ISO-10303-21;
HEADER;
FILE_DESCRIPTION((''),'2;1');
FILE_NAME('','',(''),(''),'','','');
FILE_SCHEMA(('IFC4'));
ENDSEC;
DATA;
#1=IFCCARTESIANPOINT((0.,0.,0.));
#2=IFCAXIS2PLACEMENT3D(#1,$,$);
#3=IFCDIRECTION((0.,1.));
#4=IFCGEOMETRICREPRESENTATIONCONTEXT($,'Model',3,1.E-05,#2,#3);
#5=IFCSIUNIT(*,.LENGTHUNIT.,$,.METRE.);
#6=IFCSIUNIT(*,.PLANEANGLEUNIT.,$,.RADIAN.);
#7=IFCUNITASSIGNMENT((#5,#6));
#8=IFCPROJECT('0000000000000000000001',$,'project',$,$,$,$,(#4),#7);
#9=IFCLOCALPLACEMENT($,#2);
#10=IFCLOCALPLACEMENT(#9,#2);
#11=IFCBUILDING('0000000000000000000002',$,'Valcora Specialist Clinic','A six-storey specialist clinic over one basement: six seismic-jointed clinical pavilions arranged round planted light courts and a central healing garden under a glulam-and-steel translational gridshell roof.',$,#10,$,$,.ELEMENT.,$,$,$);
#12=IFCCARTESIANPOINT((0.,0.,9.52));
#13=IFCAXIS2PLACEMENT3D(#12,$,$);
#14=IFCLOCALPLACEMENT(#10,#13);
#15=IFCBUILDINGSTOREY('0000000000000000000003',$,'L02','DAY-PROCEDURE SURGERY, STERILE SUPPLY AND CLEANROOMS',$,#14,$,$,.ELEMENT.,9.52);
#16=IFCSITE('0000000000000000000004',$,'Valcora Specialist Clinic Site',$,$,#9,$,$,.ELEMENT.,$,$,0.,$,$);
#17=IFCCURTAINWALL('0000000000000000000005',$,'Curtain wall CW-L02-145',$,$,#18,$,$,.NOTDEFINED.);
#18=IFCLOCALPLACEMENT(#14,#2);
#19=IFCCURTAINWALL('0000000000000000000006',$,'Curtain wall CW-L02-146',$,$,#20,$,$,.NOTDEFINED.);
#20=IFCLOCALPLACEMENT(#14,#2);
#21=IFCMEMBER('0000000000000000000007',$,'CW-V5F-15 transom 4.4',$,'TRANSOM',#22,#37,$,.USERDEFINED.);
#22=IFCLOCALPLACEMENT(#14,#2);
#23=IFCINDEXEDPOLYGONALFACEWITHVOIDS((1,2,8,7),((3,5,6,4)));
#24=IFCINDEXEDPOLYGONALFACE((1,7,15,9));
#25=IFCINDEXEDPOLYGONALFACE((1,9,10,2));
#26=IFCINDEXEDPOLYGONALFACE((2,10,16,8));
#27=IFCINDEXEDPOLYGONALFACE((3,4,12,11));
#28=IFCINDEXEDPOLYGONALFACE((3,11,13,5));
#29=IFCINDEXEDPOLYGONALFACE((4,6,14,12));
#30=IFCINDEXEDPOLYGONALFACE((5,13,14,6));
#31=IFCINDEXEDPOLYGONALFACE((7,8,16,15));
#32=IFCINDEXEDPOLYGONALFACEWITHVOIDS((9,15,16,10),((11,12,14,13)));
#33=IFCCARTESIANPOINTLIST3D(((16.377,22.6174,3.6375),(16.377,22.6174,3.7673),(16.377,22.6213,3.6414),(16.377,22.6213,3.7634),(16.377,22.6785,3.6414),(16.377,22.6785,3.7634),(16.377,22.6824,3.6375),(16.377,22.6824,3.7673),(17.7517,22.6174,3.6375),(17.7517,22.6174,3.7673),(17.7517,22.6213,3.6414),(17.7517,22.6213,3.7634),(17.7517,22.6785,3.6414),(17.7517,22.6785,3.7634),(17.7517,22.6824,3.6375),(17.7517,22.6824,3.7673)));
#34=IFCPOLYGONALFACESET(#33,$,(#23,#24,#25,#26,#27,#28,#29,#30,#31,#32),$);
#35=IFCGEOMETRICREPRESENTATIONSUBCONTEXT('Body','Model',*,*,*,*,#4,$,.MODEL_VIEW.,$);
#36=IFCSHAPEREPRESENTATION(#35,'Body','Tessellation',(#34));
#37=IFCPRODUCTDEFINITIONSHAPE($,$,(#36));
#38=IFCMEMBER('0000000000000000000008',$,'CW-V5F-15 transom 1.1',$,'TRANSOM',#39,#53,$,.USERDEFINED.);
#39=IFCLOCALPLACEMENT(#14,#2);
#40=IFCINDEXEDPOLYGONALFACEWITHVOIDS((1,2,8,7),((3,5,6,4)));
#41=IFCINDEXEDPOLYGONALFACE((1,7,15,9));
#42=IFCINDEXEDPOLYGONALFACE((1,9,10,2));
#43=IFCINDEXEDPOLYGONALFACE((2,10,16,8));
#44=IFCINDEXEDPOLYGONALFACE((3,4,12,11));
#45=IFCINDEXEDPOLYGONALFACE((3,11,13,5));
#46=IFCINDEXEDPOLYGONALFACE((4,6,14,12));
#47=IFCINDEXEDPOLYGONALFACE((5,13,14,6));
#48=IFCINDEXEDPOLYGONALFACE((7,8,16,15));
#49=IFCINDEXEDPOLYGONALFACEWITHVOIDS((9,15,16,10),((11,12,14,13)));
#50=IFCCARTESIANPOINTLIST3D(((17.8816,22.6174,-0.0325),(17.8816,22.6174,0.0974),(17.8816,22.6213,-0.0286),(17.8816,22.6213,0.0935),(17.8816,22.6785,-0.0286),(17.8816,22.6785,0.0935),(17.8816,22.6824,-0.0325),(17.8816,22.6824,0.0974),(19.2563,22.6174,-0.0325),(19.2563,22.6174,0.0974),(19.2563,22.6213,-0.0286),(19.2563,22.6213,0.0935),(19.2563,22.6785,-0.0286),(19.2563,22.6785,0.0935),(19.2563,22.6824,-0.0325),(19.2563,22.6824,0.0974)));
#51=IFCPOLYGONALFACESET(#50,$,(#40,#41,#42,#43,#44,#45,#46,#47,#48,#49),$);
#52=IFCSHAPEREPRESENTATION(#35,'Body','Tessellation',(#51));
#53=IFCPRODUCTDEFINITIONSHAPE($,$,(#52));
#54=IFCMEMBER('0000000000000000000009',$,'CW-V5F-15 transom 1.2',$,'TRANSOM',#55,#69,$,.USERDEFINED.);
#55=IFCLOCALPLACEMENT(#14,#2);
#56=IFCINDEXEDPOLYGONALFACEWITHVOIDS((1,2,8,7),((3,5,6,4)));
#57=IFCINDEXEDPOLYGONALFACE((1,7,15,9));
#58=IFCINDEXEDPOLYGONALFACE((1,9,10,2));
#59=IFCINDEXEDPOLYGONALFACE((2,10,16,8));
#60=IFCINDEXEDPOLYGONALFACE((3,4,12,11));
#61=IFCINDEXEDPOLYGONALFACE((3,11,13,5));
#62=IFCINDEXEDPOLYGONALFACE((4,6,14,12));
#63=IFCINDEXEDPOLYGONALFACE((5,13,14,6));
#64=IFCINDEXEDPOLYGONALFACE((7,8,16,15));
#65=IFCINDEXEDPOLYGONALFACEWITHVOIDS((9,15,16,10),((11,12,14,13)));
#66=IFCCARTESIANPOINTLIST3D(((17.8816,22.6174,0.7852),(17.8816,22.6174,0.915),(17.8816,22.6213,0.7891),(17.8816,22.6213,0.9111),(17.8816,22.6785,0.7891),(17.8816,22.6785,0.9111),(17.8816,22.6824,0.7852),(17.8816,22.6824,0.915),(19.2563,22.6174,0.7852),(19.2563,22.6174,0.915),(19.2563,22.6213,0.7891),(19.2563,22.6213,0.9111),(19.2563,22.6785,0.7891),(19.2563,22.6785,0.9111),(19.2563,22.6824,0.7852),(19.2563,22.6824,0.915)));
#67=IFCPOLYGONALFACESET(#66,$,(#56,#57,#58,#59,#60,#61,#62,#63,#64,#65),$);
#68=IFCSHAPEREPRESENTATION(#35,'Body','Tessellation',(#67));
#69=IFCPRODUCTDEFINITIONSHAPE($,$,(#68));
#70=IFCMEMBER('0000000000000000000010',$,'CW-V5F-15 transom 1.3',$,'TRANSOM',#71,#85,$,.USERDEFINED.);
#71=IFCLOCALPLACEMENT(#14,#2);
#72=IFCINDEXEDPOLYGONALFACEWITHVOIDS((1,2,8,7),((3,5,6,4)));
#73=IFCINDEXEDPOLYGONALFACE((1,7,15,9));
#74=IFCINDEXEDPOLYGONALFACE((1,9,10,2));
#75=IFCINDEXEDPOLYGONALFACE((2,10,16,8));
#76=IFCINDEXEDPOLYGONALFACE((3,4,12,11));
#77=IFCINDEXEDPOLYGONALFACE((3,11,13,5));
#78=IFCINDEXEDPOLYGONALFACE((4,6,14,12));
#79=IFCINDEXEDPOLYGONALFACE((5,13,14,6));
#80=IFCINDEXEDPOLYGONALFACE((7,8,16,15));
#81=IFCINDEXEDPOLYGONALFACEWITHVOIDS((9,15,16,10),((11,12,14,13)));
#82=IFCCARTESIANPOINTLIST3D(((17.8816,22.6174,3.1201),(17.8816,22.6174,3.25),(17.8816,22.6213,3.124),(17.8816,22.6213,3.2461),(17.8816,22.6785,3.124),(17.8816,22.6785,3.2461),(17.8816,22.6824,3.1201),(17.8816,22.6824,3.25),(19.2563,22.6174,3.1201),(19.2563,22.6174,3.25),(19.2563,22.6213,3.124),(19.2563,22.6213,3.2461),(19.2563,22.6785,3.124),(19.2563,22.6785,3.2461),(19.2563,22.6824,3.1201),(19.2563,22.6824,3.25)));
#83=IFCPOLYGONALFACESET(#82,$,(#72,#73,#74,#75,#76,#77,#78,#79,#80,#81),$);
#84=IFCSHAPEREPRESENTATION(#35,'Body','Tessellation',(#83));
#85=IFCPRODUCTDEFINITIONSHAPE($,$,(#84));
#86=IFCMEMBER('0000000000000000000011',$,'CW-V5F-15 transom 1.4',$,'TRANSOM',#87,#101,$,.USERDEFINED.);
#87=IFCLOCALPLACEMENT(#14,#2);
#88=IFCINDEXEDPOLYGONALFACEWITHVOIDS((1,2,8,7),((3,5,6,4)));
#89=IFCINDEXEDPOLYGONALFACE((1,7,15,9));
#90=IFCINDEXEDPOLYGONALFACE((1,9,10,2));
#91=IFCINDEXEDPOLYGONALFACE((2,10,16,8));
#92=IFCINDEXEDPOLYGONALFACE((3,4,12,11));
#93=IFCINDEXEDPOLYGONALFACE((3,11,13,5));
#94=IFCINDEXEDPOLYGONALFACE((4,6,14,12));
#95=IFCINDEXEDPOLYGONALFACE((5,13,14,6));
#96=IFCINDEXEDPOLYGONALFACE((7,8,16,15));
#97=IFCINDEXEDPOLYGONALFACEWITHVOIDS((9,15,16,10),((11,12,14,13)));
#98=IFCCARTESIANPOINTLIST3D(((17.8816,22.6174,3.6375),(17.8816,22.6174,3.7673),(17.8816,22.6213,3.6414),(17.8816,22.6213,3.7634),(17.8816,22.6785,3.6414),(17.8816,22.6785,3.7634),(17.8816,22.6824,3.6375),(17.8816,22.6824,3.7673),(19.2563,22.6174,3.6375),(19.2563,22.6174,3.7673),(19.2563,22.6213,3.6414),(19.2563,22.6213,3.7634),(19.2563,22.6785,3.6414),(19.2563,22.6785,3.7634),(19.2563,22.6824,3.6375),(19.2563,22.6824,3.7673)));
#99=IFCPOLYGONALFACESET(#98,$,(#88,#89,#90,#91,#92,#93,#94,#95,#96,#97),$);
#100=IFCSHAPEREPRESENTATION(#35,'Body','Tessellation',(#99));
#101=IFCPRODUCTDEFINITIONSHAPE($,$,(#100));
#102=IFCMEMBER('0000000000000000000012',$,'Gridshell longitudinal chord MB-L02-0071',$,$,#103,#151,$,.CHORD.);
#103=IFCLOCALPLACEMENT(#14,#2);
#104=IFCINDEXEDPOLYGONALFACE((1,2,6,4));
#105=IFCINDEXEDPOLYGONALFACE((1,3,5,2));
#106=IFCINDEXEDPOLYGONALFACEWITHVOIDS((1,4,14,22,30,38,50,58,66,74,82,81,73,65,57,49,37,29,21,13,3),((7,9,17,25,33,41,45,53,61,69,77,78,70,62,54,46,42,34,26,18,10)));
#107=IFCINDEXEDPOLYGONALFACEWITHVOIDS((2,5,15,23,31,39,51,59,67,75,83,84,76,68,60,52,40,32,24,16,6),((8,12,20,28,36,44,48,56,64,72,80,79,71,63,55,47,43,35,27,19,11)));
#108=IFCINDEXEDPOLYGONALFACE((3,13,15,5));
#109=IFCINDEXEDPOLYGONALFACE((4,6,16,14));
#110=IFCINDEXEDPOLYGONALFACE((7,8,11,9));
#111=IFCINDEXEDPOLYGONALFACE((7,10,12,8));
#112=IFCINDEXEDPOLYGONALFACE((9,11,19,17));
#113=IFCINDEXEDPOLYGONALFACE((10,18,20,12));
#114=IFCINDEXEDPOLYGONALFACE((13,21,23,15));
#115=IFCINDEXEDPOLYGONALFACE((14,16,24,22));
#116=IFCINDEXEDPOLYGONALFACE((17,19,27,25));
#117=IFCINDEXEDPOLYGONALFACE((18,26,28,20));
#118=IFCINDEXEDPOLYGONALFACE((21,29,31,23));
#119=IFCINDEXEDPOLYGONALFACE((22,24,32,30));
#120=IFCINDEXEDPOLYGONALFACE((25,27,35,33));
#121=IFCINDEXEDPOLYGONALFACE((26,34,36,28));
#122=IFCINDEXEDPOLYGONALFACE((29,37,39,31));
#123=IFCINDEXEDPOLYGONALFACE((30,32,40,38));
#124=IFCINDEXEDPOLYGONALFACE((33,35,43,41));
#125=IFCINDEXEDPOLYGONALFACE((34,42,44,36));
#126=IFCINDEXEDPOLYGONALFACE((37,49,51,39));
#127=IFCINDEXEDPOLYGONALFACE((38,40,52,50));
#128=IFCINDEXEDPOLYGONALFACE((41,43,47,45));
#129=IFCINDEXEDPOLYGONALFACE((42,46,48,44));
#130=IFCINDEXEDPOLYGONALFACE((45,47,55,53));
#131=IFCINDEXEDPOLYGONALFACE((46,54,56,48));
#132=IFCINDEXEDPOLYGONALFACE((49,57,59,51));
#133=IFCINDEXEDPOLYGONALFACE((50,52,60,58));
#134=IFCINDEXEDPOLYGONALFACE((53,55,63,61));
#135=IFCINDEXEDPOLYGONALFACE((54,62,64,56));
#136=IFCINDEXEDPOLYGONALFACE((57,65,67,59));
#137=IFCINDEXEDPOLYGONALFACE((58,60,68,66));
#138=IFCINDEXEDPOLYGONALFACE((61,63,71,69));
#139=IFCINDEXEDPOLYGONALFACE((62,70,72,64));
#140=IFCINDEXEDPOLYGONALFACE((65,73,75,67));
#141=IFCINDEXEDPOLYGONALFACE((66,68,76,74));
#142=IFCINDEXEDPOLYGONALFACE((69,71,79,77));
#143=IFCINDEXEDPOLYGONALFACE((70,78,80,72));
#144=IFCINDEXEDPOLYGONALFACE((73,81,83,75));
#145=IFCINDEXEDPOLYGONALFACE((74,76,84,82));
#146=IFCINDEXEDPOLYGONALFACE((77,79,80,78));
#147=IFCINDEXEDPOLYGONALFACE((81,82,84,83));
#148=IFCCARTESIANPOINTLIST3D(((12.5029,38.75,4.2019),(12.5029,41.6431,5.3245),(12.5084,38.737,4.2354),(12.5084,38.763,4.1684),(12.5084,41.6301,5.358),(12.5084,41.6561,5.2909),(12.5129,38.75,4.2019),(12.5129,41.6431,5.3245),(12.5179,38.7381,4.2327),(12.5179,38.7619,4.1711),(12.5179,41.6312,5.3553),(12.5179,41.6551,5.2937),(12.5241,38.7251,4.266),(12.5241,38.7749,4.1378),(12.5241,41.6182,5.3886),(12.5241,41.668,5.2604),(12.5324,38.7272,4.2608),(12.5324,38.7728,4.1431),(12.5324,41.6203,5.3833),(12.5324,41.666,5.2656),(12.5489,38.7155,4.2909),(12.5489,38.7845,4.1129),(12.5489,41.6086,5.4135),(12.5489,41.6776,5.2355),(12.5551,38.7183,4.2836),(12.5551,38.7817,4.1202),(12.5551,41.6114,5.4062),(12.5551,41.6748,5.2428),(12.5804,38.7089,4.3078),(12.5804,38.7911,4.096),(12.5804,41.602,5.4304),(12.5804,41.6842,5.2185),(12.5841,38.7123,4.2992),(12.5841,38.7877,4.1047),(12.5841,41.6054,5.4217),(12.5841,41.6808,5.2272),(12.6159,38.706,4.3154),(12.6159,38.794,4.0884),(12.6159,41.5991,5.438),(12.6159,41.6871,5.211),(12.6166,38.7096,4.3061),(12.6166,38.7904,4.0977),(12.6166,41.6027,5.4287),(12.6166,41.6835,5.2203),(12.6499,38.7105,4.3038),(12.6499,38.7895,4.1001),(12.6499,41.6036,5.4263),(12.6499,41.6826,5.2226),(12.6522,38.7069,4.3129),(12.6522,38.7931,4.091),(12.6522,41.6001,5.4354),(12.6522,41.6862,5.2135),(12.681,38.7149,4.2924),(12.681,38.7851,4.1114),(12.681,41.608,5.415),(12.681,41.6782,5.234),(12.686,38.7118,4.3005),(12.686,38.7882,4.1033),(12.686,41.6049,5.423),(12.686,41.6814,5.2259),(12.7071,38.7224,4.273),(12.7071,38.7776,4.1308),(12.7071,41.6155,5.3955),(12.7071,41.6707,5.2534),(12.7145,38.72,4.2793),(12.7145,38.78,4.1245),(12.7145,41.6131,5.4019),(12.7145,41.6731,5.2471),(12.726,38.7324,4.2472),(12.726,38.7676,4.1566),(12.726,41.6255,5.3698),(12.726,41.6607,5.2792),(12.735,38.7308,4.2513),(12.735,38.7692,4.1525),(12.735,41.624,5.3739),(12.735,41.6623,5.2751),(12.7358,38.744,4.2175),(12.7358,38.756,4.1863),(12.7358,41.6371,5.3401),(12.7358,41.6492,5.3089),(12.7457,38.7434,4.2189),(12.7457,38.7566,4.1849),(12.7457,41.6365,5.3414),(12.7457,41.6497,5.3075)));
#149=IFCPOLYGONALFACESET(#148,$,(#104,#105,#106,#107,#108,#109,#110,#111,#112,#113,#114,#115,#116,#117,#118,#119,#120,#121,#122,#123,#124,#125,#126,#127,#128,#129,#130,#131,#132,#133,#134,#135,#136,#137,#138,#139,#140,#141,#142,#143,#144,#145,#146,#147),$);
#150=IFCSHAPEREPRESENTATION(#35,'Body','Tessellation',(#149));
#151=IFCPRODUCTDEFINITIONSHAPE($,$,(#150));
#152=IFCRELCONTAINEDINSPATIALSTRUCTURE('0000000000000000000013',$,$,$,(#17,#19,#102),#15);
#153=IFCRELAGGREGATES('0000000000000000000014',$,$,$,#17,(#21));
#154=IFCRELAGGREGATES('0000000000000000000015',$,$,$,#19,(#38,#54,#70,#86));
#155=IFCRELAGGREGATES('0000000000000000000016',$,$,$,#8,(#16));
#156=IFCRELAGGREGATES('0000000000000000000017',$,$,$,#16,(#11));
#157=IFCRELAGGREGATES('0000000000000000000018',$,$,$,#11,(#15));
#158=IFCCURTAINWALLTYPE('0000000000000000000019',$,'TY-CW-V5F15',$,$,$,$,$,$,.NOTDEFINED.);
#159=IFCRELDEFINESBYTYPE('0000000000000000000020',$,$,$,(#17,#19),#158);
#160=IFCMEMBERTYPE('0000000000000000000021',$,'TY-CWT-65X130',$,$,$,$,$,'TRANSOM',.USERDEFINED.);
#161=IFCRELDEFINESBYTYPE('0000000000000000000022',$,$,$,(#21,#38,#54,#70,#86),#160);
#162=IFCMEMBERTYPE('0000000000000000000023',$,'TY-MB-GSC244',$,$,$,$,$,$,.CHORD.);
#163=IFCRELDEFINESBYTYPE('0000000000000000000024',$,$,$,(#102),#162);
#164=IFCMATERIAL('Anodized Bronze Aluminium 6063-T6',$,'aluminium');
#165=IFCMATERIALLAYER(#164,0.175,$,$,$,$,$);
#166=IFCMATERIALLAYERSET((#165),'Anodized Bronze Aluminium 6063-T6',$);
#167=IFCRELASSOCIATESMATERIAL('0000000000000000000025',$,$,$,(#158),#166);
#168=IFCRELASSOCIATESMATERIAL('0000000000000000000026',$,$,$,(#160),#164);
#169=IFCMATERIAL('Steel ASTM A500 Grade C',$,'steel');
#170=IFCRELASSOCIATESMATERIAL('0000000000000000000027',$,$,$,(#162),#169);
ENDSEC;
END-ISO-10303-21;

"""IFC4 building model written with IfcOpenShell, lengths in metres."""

from ifc_helpers import new_model, si_unit, direction, frame, origin, origin_2d, place, context, subcontext, project, spatial, hollow_rectangle, hollow_circle, extrude, material, layer, layer_set, material_profile, profile_set, type_object, element, aggregate, save


model = new_model("IFC4")

# Units and contexts
model_context = context("Model", 3, precision=1e-05, world=origin(), true_north=direction((0.0, 1.0)))
body_context = subcontext(model_context, "Body", "Model", "MODEL_VIEW")
ifc_project = project(units=[si_unit("LENGTHUNIT", "METRE"), si_unit("PLANEANGLEUNIT", "RADIAN")], contexts=[model_context])

# Site, building, storey
site_placement = place(None, origin())
site = spatial("IfcSite", under=ifc_project, at=site_placement, Name="Valcora Specialist Clinic Site", CompositionType="ELEMENT", RefElevation=0.0)
building_placement = place(site_placement, origin())
building = spatial("IfcBuilding", under=site, at=building_placement, Name="Valcora Specialist Clinic", Description="A six-storey specialist clinic over one basement: six seismic-jointed clinical pavilions arranged round planted light courts and a central healing garden under a glulam-and-steel translational gridshell roof.", CompositionType="ELEMENT")
storey_placement = place(building_placement, frame((0.0, 0.0, 9.52)))
storey = spatial("IfcBuildingStorey", under=building, at=storey_placement, Name="L02", Description="DAY-PROCEDURE SURGERY, STERILE SUPPLY AND CLEANROOMS", CompositionType="ELEMENT", Elevation=9.52)

# Curtain wall
ifc_material_1 = material(Name="Anodized Bronze Aluminium 6063-T6", Category="aluminium")
ifc_layer_1 = layer(ifc_material_1, 0.175)
ifc_layer_set_1 = layer_set([ifc_layer_1], Name="Anodized Bronze Aluminium 6063-T6")
curtain_wall_type = type_object("IfcCurtainWallType", Name="TY-CW-V5F15", PredefinedType="NOTDEFINED", material=ifc_layer_set_1)
curtain_wall_1_placement = place(storey_placement, origin())
curtain_wall_1 = element("IfcCurtainWall", 1, at=curtain_wall_1_placement, inside=storey, type_object=curtain_wall_type, Name="Curtain wall CW-L02-145", PredefinedType="NOTDEFINED")

# Curtain wall
curtain_wall_2_placement = place(storey_placement, origin())
curtain_wall_2 = element("IfcCurtainWall", 2, at=curtain_wall_2_placement, inside=storey, type_object=curtain_wall_type, Name="Curtain wall CW-L02-146", PredefinedType="NOTDEFINED")

# Members
ifc_material_profile_1 = material_profile(ifc_material_1, hollow_rectangle(XDim=0.0649, YDim=0.1299, WallThickness=0.0039, at=origin_2d()), Name="AL-TRN-65X130")
ifc_profile_set_1 = profile_set([ifc_material_profile_1], Name="Anodized Bronze Aluminium 6063-T6")
member_type_1 = type_object("IfcMemberType", Name="TY-CWT-65X130", ElementType="TRANSOM", PredefinedType="USERDEFINED", material=ifc_profile_set_1)
member_1_placement = place(storey_placement, frame((16.377, 22.6499, 3.7024), z_axis=(1.0, 0.0, 0.0), x_axis=(0.0, 1.0, 0.0)))
member_1 = element("IfcMember", 3, at=member_1_placement, type_object=member_type_1, Name="CW-V5F-15 transom 4.4", ObjectType="TRANSOM", PredefinedType="USERDEFINED", context=body_context, shape_type="SweptSolid", body=[
    extrude(hollow_rectangle(XDim=0.0649, YDim=0.1299, WallThickness=0.0039, at=origin_2d()), origin(), (0.0, 0.0, 1.0), 1.3748),
])
member_2_placement = place(storey_placement, frame((17.8816, 22.6499, 0.0325), z_axis=(1.0, 0.0, 0.0), x_axis=(0.0, 1.0, 0.0)))
member_2 = element("IfcMember", 4, at=member_2_placement, type_object=member_type_1, Name="CW-V5F-15 transom 1.1", ObjectType="TRANSOM", PredefinedType="USERDEFINED", context=body_context, shape_type="SweptSolid", body=[
    extrude(hollow_rectangle(XDim=0.0649, YDim=0.1299, WallThickness=0.0039, at=origin_2d()), origin(), (0.0, 0.0, 1.0), 1.3748),
])
member_3_placement = place(storey_placement, frame((17.8816, 22.6499, 0.8501), z_axis=(1.0, 0.0, 0.0), x_axis=(0.0, 1.0, 0.0)))
member_3 = element("IfcMember", 5, at=member_3_placement, type_object=member_type_1, Name="CW-V5F-15 transom 1.2", ObjectType="TRANSOM", PredefinedType="USERDEFINED", context=body_context, shape_type="SweptSolid", body=[
    extrude(hollow_rectangle(XDim=0.0649, YDim=0.1299, WallThickness=0.0039, at=origin_2d()), origin(), (0.0, 0.0, 1.0), 1.3748),
])
member_4_placement = place(storey_placement, frame((17.8816, 22.6499, 3.1851), z_axis=(1.0, 0.0, 0.0), x_axis=(0.0, 1.0, 0.0)))
member_4 = element("IfcMember", 6, at=member_4_placement, type_object=member_type_1, Name="CW-V5F-15 transom 1.3", ObjectType="TRANSOM", PredefinedType="USERDEFINED", context=body_context, shape_type="SweptSolid", body=[
    extrude(hollow_rectangle(XDim=0.0649, YDim=0.1299, WallThickness=0.0039, at=origin_2d()), origin(), (0.0, 0.0, 1.0), 1.3748),
])
member_5_placement = place(storey_placement, frame((17.8816, 22.6499, 3.7024), z_axis=(1.0, 0.0, 0.0), x_axis=(0.0, 1.0, 0.0)))
member_5 = element("IfcMember", 7, at=member_5_placement, type_object=member_type_1, Name="CW-V5F-15 transom 1.4", ObjectType="TRANSOM", PredefinedType="USERDEFINED", context=body_context, shape_type="SweptSolid", body=[
    extrude(hollow_rectangle(XDim=0.0649, YDim=0.1299, WallThickness=0.0039, at=origin_2d()), origin(), (0.0, 0.0, 1.0), 1.3748),
])

# Member
ifc_material_2 = material(Name="Steel ASTM A500 Grade C", Category="steel")
ifc_material_profile_2 = material_profile(ifc_material_2, hollow_circle(Radius=0.1221, WallThickness=0.01, at=origin_2d()), Name="ST-CHS-244X10")
ifc_profile_set_2 = profile_set([ifc_material_profile_2], Name="Steel ASTM A500 Grade C")
member_type_2 = type_object("IfcMemberType", Name="TY-MB-GSC244", PredefinedType="CHORD", material=ifc_profile_set_2)
member_6_placement = place(storey_placement, frame((12.625, 38.75, 4.2019), z_axis=(0.0, 0.932279, 0.36174), x_axis=(-1.0, 0.0, 0.0)))
element("IfcMember", 8, at=member_6_placement, inside=storey, type_object=member_type_2, Name="Gridshell longitudinal chord MB-L02-0071", PredefinedType="CHORD", context=body_context, shape_type="SweptSolid", body=[
    extrude(hollow_circle(Radius=0.1221, WallThickness=0.01, at=origin_2d()), origin(), (0.0, 0.0, 1.0), 3.1033),
])

aggregate(curtain_wall_1, [member_1])
aggregate(curtain_wall_2, [member_2, member_3, member_4, member_5])

save(model, "model.ifc")
